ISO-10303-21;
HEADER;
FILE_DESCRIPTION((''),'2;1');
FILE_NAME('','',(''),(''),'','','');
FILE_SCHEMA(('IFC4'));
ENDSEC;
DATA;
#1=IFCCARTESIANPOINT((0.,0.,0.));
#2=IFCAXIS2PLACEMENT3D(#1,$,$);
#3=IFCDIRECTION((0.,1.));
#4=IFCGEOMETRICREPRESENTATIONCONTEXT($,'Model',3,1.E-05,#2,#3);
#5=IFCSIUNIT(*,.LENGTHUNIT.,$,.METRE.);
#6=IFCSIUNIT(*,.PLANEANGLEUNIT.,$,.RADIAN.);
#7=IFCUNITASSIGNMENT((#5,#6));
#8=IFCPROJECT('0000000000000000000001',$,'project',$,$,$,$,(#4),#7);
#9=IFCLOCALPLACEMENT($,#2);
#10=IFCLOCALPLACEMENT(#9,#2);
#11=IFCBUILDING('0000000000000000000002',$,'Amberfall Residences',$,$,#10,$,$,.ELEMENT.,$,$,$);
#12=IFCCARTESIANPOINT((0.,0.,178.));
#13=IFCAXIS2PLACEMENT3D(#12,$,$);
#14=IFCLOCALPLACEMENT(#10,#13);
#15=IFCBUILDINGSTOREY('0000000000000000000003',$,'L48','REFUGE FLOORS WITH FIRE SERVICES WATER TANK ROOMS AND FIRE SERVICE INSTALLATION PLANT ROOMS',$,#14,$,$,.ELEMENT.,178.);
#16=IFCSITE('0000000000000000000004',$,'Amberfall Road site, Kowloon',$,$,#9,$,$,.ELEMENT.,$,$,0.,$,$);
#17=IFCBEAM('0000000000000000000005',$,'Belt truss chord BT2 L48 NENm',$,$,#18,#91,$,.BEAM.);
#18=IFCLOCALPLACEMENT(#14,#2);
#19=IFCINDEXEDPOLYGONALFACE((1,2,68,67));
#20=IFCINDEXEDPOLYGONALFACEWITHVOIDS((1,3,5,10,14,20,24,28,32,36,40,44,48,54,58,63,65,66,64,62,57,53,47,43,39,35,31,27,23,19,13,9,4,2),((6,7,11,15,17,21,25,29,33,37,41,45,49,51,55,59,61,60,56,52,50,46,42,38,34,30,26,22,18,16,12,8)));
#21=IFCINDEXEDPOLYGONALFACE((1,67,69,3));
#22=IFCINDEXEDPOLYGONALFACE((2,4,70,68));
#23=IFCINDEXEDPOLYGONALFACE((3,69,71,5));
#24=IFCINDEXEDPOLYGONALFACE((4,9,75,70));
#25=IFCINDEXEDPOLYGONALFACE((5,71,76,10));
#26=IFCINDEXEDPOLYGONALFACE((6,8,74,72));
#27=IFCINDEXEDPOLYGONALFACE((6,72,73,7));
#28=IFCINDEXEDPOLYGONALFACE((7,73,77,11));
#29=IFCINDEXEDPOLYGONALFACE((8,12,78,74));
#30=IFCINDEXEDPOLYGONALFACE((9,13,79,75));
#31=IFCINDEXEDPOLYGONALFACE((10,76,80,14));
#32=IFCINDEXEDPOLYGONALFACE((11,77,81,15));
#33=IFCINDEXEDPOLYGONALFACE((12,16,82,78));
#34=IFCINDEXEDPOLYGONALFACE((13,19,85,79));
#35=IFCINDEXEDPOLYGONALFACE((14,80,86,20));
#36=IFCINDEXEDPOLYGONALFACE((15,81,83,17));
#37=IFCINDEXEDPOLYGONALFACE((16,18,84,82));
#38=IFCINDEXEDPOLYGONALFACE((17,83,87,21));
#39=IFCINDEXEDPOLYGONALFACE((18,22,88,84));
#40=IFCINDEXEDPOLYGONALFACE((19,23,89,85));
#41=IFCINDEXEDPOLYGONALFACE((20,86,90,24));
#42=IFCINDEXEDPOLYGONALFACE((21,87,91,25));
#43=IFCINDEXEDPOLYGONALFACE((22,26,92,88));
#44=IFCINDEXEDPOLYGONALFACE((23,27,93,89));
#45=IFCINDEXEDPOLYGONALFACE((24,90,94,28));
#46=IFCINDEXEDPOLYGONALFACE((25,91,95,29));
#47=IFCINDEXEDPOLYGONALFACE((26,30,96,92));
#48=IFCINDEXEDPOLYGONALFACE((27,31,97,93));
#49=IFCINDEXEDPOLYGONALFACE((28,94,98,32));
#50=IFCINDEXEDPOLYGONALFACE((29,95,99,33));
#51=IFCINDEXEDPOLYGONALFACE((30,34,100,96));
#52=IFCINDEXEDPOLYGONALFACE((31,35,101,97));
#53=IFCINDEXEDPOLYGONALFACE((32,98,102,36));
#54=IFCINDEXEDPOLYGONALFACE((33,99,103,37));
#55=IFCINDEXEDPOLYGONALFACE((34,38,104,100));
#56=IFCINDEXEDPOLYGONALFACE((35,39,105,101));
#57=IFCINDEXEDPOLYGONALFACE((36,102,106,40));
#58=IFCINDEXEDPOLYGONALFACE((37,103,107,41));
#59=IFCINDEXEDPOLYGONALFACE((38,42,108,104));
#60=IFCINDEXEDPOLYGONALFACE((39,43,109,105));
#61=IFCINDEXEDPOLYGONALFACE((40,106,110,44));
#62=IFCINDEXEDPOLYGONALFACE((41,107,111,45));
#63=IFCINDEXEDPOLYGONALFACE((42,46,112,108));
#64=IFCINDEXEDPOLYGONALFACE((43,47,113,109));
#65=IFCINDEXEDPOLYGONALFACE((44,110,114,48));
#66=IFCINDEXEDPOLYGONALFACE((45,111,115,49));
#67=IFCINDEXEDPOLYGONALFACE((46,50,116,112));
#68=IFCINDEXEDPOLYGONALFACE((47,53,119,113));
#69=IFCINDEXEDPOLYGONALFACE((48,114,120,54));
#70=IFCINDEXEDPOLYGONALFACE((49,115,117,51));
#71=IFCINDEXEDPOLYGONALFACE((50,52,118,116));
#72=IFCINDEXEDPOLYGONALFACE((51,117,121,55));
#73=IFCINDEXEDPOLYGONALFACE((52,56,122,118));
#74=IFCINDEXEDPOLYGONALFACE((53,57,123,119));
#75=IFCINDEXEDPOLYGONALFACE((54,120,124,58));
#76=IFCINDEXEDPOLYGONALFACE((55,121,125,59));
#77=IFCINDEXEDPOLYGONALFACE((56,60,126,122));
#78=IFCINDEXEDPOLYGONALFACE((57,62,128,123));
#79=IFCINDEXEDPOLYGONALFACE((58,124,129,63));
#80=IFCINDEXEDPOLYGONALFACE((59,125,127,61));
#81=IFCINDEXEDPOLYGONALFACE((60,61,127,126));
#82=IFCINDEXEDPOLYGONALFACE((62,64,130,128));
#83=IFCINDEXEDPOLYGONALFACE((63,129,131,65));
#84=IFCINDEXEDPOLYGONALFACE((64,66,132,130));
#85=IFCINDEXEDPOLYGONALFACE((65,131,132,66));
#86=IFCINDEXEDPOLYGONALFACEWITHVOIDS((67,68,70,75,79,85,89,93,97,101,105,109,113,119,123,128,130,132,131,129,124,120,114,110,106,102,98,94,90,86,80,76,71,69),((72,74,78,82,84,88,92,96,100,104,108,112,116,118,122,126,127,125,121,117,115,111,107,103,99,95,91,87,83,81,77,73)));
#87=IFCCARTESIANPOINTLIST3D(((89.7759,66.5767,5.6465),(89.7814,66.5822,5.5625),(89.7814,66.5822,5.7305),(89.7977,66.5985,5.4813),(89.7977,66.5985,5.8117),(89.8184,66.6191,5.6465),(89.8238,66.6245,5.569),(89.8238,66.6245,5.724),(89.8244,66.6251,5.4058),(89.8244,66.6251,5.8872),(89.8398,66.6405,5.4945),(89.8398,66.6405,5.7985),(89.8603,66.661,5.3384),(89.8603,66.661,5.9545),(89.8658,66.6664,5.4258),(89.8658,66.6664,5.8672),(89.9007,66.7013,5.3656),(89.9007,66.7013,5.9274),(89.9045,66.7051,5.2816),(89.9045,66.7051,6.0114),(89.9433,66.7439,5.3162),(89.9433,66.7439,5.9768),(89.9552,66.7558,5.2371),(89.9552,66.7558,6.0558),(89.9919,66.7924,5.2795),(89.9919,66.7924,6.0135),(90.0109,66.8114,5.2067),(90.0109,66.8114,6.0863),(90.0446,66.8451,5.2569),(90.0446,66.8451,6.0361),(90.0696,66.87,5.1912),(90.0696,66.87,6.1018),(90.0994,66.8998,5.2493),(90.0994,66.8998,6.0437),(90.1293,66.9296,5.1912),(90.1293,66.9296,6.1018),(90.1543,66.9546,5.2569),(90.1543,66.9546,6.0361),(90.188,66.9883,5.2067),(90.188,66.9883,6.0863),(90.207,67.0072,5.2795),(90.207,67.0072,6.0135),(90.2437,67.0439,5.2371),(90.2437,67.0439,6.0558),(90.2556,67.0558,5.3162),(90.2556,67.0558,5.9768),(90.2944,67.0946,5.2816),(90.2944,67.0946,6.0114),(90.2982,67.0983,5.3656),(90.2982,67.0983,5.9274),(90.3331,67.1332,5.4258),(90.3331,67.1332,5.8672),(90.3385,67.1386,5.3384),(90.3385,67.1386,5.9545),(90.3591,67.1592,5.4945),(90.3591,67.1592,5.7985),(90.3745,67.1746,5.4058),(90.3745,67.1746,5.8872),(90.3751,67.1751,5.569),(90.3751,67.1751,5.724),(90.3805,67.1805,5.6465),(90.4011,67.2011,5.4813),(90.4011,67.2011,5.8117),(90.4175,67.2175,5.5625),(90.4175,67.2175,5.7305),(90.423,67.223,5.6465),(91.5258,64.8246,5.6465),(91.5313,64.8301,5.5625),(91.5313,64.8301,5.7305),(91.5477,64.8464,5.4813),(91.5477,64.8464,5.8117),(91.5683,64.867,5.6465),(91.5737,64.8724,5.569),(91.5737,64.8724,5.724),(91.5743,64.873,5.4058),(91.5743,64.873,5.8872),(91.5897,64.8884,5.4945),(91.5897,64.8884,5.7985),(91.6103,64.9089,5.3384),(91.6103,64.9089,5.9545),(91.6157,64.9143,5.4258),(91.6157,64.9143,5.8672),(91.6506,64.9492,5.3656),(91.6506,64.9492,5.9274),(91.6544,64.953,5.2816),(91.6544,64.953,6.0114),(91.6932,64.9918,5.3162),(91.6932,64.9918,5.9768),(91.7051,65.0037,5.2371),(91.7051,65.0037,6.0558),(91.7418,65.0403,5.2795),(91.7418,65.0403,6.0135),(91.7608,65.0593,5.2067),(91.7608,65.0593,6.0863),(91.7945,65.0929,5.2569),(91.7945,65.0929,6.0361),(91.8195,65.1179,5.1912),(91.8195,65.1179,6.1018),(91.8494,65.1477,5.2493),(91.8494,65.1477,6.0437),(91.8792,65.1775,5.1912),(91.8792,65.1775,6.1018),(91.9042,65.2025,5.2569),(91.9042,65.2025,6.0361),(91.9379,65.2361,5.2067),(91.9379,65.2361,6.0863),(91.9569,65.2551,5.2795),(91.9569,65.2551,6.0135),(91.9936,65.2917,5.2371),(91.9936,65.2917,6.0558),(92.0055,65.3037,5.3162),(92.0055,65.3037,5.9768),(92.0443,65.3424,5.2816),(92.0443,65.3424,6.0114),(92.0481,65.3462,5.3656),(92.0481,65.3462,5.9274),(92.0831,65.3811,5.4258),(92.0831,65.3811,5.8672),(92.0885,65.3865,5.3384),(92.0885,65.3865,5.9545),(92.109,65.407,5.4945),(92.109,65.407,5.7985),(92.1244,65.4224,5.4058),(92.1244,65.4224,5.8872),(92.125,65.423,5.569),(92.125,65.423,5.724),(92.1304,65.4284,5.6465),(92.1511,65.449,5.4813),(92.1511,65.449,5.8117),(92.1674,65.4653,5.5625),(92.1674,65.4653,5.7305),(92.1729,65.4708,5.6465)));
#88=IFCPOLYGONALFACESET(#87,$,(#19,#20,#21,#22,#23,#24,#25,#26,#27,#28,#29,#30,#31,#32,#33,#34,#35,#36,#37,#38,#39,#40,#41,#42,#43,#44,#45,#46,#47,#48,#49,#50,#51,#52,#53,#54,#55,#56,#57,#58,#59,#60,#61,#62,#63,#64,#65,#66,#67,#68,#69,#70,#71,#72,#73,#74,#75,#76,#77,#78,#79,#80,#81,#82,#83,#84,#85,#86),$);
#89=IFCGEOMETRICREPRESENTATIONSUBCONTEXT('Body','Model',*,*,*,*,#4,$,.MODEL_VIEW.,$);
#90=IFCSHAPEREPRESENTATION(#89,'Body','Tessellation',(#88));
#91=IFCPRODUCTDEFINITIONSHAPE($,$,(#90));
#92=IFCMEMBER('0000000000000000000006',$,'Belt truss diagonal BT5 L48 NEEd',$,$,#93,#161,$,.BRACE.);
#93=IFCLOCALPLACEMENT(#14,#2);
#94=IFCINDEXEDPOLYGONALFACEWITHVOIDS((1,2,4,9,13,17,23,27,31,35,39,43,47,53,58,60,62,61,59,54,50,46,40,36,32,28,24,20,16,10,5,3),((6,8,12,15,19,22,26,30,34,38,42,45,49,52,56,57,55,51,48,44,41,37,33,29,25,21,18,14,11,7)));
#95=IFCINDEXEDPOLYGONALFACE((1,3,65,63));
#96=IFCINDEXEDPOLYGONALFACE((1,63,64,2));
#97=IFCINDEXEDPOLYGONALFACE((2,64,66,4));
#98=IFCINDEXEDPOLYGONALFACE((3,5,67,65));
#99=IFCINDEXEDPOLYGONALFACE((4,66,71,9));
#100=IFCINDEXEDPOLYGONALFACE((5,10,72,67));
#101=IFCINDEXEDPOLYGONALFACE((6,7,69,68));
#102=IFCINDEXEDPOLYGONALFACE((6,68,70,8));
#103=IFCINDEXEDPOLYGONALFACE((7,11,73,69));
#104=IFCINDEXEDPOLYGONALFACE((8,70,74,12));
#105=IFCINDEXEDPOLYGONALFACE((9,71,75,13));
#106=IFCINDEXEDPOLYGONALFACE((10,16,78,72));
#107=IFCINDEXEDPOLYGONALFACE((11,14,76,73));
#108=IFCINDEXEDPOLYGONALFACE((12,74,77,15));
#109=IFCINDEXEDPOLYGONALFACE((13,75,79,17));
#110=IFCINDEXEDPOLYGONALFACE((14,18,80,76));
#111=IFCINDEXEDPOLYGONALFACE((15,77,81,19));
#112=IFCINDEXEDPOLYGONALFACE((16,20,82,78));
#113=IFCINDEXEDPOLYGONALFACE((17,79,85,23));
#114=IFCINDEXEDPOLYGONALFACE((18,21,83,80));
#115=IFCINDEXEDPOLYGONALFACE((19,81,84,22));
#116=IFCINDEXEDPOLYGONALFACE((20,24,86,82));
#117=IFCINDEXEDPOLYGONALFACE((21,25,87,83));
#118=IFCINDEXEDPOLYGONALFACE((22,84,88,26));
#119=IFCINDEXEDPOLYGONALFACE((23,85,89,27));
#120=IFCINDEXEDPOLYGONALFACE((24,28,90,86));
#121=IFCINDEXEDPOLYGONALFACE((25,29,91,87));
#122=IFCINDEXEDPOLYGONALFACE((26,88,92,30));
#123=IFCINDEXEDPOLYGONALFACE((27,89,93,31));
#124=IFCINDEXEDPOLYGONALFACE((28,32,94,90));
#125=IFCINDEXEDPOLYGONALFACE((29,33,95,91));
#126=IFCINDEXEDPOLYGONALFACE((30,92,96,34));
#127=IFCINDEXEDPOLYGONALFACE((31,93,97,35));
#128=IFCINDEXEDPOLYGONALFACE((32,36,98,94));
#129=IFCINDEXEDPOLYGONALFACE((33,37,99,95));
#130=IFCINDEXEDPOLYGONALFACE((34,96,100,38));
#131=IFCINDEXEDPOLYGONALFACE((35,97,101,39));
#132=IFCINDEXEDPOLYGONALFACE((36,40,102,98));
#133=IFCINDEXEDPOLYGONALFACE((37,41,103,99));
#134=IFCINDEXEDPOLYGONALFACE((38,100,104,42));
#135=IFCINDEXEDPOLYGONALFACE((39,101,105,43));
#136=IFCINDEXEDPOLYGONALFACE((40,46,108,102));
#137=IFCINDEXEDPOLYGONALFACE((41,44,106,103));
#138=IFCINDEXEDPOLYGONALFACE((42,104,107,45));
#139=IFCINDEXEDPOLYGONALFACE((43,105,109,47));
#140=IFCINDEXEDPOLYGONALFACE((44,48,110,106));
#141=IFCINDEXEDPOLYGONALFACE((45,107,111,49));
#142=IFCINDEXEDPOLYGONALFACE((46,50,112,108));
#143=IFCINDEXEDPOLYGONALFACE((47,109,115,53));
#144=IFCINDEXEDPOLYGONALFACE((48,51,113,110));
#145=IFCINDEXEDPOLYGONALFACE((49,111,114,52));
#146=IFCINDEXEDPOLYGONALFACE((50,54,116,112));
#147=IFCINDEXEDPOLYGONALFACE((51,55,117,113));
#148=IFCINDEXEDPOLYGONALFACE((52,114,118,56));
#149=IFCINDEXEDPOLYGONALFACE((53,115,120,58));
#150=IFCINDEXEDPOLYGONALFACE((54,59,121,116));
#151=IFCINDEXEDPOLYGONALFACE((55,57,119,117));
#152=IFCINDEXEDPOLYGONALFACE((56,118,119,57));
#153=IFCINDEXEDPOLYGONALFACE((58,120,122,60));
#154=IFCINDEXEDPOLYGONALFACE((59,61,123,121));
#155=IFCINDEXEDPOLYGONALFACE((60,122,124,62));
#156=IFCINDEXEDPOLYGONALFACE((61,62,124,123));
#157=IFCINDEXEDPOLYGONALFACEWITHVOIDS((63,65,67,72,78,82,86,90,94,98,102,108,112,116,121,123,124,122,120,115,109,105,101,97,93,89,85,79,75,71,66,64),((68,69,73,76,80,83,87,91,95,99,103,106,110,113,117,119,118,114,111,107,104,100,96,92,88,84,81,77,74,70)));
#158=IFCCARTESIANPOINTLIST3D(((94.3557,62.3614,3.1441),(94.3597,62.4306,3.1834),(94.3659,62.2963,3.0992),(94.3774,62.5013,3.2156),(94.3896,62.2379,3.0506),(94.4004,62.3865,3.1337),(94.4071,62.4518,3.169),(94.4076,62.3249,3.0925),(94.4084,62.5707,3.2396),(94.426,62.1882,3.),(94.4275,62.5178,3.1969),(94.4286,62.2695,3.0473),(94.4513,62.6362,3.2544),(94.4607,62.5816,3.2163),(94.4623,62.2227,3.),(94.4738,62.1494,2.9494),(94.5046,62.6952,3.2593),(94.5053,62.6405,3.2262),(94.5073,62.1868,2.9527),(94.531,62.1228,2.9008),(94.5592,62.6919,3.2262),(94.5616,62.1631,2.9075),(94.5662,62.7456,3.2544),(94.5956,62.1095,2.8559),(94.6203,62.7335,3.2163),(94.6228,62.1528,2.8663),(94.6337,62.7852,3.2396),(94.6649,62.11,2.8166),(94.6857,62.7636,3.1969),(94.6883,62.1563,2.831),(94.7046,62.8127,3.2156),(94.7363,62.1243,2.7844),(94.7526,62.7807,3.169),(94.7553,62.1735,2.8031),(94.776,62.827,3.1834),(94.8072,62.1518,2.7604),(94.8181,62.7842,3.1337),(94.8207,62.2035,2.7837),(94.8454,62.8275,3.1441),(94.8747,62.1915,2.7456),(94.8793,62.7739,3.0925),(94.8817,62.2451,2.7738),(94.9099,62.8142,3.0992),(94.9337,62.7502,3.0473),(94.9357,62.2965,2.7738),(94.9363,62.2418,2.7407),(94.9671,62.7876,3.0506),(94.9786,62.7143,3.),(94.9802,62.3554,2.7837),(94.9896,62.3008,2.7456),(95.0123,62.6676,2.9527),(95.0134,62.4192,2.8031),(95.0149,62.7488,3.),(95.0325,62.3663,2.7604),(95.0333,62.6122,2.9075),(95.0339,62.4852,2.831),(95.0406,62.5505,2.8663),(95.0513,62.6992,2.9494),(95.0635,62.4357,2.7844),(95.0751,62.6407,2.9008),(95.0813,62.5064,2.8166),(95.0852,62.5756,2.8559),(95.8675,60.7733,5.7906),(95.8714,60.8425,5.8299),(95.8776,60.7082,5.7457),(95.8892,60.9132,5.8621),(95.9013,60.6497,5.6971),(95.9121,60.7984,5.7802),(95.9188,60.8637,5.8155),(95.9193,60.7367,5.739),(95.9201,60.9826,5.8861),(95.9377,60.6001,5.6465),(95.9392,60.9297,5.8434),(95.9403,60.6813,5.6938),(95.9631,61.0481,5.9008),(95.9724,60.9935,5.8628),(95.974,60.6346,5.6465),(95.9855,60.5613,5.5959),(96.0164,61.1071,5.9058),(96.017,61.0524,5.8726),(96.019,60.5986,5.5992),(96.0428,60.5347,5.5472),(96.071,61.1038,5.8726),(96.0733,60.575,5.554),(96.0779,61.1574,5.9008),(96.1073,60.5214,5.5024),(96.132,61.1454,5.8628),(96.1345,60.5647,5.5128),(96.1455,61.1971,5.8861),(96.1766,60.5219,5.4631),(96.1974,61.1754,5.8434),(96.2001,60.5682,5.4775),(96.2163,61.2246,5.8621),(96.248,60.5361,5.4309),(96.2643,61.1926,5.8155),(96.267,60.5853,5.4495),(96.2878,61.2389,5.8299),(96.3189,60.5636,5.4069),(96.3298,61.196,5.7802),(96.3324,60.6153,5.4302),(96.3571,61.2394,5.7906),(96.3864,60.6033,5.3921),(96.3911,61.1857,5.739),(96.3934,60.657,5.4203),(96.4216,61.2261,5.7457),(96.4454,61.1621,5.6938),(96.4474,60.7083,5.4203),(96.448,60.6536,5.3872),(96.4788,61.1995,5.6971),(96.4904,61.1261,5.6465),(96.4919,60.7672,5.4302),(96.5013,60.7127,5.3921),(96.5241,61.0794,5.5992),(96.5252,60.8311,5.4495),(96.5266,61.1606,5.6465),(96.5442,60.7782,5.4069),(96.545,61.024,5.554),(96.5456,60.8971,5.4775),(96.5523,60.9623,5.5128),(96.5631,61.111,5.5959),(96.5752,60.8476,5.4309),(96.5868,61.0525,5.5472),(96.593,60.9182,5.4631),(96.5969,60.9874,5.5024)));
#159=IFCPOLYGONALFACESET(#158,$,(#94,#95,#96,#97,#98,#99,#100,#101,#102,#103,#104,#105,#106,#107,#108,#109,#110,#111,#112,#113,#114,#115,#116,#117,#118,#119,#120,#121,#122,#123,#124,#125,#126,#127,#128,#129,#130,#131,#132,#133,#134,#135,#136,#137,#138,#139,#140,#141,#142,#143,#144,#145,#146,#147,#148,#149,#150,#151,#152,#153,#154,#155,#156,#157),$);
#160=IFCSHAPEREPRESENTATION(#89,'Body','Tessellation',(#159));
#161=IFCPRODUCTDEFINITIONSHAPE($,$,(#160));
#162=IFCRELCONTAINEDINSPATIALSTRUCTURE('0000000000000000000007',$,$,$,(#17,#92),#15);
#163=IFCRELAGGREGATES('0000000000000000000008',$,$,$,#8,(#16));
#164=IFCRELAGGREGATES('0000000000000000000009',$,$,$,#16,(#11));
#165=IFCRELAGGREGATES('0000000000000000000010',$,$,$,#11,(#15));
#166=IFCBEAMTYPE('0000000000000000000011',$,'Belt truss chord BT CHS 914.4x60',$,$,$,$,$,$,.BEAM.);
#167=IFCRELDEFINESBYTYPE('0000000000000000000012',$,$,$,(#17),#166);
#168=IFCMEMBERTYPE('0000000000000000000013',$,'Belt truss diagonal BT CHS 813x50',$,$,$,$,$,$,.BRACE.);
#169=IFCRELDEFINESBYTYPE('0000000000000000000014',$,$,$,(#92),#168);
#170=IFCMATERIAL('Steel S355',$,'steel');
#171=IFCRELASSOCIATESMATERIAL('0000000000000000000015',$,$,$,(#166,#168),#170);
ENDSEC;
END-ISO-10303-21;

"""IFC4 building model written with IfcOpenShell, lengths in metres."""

from ifc_helpers import new_model, si_unit, direction, frame, origin, origin_2d, place, context, subcontext, project, spatial, hollow_circle, extrude, material, material_profile, profile_set, type_object, element, save


model = new_model("IFC4")

# Units and contexts
model_context = context("Model", 3, precision=1e-05, world=origin(), true_north=direction((0.0, 1.0)))
body_context = subcontext(model_context, "Body", "Model", "MODEL_VIEW")
ifc_project = project(units=[si_unit("LENGTHUNIT", "METRE"), si_unit("PLANEANGLEUNIT", "RADIAN")], contexts=[model_context])

# Site, building, storey
site_placement = place(None, origin())
site = spatial("IfcSite", under=ifc_project, at=site_placement, Name="Amberfall Road site, Kowloon", CompositionType="ELEMENT", RefElevation=0.0)
building_placement = place(site_placement, origin())
building = spatial("IfcBuilding", under=site, at=building_placement, Name="Amberfall Residences", CompositionType="ELEMENT")
storey_placement = place(building_placement, frame((0.0, 0.0, 178.0)))
storey = spatial("IfcBuildingStorey", under=building, at=storey_placement, Name="L48", Description="REFUGE FLOORS WITH FIRE SERVICES WATER TANK ROOMS AND FIRE SERVICE INSTALLATION PLANT ROOMS", CompositionType="ELEMENT", Elevation=178.0)

# Beam
ifc_material_1 = material(Name="Steel S355", Category="steel")
ifc_material_profile_1 = material_profile(ifc_material_1, hollow_circle(Radius=0.4573, WallThickness=0.0601, at=origin_2d()), Name="CHS 914.4x60")
ifc_profile_set_1 = profile_set([ifc_material_profile_1], Name="Steel S355")
beam_type_1 = type_object("IfcBeamType", Name="Belt truss chord BT CHS 914.4x60", PredefinedType="BEAM", material=ifc_profile_set_1)
beam_1_placement = place(storey_placement, frame((91.8494, 65.1477, 5.6465), z_axis=(-0.706663, 0.70755, 0.0), x_axis=(-0.70755, -0.706663, 0.0)))
element("IfcBeam", 1, at=beam_1_placement, inside=storey, type_object=beam_type_1, Name="Belt truss chord BT2 L48 NENm", PredefinedType="BEAM", context=body_context, shape_type="SweptSolid", body=[
    extrude(hollow_circle(Radius=0.4573, WallThickness=0.0601, at=origin_2d()), origin(), (0.0, 0.0, 1.0), 2.4763),
])

# Member
ifc_material_profile_2 = material_profile(ifc_material_1, hollow_circle(Radius=0.4065, WallThickness=0.05, at=origin_2d()), Name="CHS 813x50")
ifc_profile_set_2 = profile_set([ifc_material_profile_2], Name="Steel S355")
member_type = type_object("IfcMemberType", Name="Belt truss diagonal BT CHS 813x50", PredefinedType="BRACE", material=ifc_profile_set_2)
member_1_placement = place(storey_placement, frame((94.7205, 62.4685, 3.0), z_axis=(0.439867, -0.462102, 0.770051), x_axis=(0.724318, 0.689466, 0.0)))
element("IfcMember", 2, at=member_1_placement, inside=storey, type_object=member_type, Name="Belt truss diagonal BT5 L48 NEEd", PredefinedType="BRACE", context=body_context, shape_type="SweptSolid", body=[
    extrude(hollow_circle(Radius=0.4065, WallThickness=0.05, at=origin_2d()), origin(), (0.0, 0.0, 1.0), 3.4368),
])

save(model, "model.ifc")
